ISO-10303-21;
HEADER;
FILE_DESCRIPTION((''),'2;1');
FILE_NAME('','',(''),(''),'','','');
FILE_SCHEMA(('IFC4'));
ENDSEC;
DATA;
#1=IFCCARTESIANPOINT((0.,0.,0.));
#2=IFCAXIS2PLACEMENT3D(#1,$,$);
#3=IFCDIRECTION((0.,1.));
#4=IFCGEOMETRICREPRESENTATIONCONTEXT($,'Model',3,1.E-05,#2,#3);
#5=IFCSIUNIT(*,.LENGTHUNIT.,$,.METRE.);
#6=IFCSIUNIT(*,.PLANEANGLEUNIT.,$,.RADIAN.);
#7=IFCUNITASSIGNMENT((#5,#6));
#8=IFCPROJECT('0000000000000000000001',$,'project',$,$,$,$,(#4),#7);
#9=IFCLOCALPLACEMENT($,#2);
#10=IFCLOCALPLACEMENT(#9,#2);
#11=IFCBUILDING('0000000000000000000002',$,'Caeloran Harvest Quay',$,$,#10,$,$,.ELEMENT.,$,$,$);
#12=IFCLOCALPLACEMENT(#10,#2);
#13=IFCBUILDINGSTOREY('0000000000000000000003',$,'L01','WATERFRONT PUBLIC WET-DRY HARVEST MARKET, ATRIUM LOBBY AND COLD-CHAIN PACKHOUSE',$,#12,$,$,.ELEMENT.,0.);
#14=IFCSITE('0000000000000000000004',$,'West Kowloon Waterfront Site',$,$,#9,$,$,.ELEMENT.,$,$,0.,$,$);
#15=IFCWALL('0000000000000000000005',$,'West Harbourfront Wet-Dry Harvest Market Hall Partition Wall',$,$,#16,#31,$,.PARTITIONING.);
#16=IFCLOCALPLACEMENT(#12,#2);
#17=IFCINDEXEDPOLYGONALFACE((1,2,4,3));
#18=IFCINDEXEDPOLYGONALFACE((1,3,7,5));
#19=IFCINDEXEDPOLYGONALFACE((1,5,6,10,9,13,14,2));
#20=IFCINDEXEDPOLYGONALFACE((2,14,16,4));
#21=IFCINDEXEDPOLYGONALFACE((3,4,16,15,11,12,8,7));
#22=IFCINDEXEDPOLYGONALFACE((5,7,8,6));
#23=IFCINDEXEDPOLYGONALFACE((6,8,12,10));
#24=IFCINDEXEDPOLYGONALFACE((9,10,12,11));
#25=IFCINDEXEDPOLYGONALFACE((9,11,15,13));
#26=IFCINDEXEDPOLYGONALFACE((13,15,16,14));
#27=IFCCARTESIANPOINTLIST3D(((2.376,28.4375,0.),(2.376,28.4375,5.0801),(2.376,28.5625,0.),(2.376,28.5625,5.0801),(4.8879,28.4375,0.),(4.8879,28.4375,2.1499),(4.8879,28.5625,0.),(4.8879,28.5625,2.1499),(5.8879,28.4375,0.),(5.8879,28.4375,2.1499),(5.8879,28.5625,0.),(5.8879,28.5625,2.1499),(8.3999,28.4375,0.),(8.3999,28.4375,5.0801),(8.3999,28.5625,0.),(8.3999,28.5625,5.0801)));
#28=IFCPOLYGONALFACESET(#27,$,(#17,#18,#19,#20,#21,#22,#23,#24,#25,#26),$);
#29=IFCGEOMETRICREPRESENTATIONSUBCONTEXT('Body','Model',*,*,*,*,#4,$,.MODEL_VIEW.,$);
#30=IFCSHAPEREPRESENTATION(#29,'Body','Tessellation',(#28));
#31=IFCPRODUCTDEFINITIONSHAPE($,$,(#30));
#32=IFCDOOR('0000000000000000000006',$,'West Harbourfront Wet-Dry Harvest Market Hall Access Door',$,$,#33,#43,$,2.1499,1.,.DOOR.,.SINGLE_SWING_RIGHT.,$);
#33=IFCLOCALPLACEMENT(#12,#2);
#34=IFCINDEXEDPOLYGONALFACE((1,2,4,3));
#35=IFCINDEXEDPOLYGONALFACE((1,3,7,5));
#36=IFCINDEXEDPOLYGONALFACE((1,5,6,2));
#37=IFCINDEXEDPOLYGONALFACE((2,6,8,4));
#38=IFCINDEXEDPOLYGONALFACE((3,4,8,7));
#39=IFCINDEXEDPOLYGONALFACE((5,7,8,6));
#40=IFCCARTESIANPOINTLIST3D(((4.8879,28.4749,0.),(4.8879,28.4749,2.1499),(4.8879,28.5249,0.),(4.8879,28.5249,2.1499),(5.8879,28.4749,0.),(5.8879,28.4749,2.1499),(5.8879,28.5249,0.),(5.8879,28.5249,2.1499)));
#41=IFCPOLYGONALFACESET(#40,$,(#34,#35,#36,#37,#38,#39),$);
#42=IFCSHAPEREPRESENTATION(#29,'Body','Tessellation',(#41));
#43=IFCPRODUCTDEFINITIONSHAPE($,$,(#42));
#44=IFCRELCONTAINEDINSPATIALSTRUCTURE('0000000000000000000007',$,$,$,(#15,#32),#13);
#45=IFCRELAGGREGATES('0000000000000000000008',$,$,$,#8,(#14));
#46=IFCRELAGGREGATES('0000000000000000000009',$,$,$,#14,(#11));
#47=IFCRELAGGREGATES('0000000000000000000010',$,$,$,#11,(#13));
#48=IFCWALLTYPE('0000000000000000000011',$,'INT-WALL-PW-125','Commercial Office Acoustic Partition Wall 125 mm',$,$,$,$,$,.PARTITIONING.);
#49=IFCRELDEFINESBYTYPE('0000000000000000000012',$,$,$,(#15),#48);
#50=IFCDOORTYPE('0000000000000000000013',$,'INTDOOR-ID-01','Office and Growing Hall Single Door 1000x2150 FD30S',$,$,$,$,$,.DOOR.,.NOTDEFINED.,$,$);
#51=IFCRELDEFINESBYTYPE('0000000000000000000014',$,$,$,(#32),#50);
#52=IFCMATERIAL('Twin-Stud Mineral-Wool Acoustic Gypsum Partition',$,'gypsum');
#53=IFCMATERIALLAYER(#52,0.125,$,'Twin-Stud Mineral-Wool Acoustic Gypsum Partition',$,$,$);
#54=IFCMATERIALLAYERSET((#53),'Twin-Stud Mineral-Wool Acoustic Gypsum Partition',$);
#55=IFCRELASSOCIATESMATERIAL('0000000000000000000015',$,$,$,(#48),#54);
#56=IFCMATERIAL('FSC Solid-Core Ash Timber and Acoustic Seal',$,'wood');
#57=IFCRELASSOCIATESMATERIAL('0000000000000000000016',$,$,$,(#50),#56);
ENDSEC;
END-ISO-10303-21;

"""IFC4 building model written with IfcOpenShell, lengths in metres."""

from ifc_helpers import new_model, si_unit, direction, frame, frame_2d, origin, place, context, subcontext, project, spatial, rectangle, extrude, material, layer, layer_set, type_object, element, fill, save


model = new_model("IFC4")

# Units and contexts
model_context = context("Model", 3, precision=1e-05, world=origin(), true_north=direction((0.0, 1.0)))
body_context = subcontext(model_context, "Body", "Model", "MODEL_VIEW")
ifc_project = project(units=[si_unit("LENGTHUNIT", "METRE"), si_unit("PLANEANGLEUNIT", "RADIAN")], contexts=[model_context])

# Site, building, storey
site_placement = place(None, origin())
site = spatial("IfcSite", under=ifc_project, at=site_placement, Name="West Kowloon Waterfront Site", CompositionType="ELEMENT", RefElevation=0.0)
building_placement = place(site_placement, origin())
building = spatial("IfcBuilding", under=site, at=building_placement, Name="Caeloran Harvest Quay", CompositionType="ELEMENT")
storey_placement = place(building_placement, origin())
storey = spatial("IfcBuildingStorey", under=building, at=storey_placement, Name="L01", Description="WATERFRONT PUBLIC WET-DRY HARVEST MARKET, ATRIUM LOBBY AND COLD-CHAIN PACKHOUSE", CompositionType="ELEMENT", Elevation=0.0)

# Wall, opening, door
ifc_material_1 = material(Name="Twin-Stud Mineral-Wool Acoustic Gypsum Partition", Category="gypsum")
ifc_layer_1 = layer(ifc_material_1, 0.125, Name="Twin-Stud Mineral-Wool Acoustic Gypsum Partition")
ifc_layer_set_1 = layer_set([ifc_layer_1], Name="Twin-Stud Mineral-Wool Acoustic Gypsum Partition")
wall_type = type_object("IfcWallType", Name="INT-WALL-PW-125", Description="Commercial Office Acoustic Partition Wall 125 mm", PredefinedType="PARTITIONING", material=ifc_layer_set_1)
wall_placement = place(storey_placement, frame((2.376, 28.5, 0.0), z_axis=(0.0, 0.0, 1.0), x_axis=(1.0, 0.0, 0.0)))
wall = element("IfcWall", 1, at=wall_placement, inside=storey, type_object=wall_type, Name="West Harbourfront Wet-Dry Harvest Market Hall Partition Wall", PredefinedType="PARTITIONING", context=body_context, shape_type="SweptSolid", body=[
    extrude(rectangle(XDim=6.0239, YDim=0.125, at=frame_2d((3.012, 0.0))), origin(), (0.0, 0.0, 1.0), 5.0801),
])
opening_placement = place(wall_placement, frame((2.512, 0.0, 0.0)))
opening = element("IfcOpeningElement", 2, at=opening_placement, cuts=wall, PredefinedType="OPENING", context=body_context, shape_type="SweptSolid", body=[
    extrude(rectangle(XDim=1.0, YDim=2.1499, at=frame_2d((0.5, 1.075))), frame((0.0, 0.0725, 0.0), z_axis=(0.0, -1.0, 0.0), x_axis=(1.0, 0.0, 0.0)), (0.0, 0.0, 1.0), 0.145),
])
ifc_material_2 = material(Name="FSC Solid-Core Ash Timber and Acoustic Seal", Category="wood")
door_type = type_object("IfcDoorType", Name="INTDOOR-ID-01", Description="Office and Growing Hall Single Door 1000x2150 FD30S", OperationType="NOTDEFINED", PredefinedType="DOOR", material=ifc_material_2)
door_placement = place(opening_placement, origin())
door = element("IfcDoor", 3, at=door_placement, inside=storey, type_object=door_type, Name="West Harbourfront Wet-Dry Harvest Market Hall Access Door", OperationType="SINGLE_SWING_RIGHT", OverallHeight=2.1499, OverallWidth=1.0, PredefinedType="DOOR", context=body_context, shape_type="SweptSolid", body=[
    extrude(rectangle(XDim=1.0, YDim=2.1499, at=frame_2d((0.5, 1.075))), frame((0.0, 0.0249, 0.0), z_axis=(0.0, -1.0, 0.0), x_axis=(1.0, 0.0, 0.0)), (0.0, 0.0, 1.0), 0.05),
])
fill(opening, door)

save(model, "model.ifc")
